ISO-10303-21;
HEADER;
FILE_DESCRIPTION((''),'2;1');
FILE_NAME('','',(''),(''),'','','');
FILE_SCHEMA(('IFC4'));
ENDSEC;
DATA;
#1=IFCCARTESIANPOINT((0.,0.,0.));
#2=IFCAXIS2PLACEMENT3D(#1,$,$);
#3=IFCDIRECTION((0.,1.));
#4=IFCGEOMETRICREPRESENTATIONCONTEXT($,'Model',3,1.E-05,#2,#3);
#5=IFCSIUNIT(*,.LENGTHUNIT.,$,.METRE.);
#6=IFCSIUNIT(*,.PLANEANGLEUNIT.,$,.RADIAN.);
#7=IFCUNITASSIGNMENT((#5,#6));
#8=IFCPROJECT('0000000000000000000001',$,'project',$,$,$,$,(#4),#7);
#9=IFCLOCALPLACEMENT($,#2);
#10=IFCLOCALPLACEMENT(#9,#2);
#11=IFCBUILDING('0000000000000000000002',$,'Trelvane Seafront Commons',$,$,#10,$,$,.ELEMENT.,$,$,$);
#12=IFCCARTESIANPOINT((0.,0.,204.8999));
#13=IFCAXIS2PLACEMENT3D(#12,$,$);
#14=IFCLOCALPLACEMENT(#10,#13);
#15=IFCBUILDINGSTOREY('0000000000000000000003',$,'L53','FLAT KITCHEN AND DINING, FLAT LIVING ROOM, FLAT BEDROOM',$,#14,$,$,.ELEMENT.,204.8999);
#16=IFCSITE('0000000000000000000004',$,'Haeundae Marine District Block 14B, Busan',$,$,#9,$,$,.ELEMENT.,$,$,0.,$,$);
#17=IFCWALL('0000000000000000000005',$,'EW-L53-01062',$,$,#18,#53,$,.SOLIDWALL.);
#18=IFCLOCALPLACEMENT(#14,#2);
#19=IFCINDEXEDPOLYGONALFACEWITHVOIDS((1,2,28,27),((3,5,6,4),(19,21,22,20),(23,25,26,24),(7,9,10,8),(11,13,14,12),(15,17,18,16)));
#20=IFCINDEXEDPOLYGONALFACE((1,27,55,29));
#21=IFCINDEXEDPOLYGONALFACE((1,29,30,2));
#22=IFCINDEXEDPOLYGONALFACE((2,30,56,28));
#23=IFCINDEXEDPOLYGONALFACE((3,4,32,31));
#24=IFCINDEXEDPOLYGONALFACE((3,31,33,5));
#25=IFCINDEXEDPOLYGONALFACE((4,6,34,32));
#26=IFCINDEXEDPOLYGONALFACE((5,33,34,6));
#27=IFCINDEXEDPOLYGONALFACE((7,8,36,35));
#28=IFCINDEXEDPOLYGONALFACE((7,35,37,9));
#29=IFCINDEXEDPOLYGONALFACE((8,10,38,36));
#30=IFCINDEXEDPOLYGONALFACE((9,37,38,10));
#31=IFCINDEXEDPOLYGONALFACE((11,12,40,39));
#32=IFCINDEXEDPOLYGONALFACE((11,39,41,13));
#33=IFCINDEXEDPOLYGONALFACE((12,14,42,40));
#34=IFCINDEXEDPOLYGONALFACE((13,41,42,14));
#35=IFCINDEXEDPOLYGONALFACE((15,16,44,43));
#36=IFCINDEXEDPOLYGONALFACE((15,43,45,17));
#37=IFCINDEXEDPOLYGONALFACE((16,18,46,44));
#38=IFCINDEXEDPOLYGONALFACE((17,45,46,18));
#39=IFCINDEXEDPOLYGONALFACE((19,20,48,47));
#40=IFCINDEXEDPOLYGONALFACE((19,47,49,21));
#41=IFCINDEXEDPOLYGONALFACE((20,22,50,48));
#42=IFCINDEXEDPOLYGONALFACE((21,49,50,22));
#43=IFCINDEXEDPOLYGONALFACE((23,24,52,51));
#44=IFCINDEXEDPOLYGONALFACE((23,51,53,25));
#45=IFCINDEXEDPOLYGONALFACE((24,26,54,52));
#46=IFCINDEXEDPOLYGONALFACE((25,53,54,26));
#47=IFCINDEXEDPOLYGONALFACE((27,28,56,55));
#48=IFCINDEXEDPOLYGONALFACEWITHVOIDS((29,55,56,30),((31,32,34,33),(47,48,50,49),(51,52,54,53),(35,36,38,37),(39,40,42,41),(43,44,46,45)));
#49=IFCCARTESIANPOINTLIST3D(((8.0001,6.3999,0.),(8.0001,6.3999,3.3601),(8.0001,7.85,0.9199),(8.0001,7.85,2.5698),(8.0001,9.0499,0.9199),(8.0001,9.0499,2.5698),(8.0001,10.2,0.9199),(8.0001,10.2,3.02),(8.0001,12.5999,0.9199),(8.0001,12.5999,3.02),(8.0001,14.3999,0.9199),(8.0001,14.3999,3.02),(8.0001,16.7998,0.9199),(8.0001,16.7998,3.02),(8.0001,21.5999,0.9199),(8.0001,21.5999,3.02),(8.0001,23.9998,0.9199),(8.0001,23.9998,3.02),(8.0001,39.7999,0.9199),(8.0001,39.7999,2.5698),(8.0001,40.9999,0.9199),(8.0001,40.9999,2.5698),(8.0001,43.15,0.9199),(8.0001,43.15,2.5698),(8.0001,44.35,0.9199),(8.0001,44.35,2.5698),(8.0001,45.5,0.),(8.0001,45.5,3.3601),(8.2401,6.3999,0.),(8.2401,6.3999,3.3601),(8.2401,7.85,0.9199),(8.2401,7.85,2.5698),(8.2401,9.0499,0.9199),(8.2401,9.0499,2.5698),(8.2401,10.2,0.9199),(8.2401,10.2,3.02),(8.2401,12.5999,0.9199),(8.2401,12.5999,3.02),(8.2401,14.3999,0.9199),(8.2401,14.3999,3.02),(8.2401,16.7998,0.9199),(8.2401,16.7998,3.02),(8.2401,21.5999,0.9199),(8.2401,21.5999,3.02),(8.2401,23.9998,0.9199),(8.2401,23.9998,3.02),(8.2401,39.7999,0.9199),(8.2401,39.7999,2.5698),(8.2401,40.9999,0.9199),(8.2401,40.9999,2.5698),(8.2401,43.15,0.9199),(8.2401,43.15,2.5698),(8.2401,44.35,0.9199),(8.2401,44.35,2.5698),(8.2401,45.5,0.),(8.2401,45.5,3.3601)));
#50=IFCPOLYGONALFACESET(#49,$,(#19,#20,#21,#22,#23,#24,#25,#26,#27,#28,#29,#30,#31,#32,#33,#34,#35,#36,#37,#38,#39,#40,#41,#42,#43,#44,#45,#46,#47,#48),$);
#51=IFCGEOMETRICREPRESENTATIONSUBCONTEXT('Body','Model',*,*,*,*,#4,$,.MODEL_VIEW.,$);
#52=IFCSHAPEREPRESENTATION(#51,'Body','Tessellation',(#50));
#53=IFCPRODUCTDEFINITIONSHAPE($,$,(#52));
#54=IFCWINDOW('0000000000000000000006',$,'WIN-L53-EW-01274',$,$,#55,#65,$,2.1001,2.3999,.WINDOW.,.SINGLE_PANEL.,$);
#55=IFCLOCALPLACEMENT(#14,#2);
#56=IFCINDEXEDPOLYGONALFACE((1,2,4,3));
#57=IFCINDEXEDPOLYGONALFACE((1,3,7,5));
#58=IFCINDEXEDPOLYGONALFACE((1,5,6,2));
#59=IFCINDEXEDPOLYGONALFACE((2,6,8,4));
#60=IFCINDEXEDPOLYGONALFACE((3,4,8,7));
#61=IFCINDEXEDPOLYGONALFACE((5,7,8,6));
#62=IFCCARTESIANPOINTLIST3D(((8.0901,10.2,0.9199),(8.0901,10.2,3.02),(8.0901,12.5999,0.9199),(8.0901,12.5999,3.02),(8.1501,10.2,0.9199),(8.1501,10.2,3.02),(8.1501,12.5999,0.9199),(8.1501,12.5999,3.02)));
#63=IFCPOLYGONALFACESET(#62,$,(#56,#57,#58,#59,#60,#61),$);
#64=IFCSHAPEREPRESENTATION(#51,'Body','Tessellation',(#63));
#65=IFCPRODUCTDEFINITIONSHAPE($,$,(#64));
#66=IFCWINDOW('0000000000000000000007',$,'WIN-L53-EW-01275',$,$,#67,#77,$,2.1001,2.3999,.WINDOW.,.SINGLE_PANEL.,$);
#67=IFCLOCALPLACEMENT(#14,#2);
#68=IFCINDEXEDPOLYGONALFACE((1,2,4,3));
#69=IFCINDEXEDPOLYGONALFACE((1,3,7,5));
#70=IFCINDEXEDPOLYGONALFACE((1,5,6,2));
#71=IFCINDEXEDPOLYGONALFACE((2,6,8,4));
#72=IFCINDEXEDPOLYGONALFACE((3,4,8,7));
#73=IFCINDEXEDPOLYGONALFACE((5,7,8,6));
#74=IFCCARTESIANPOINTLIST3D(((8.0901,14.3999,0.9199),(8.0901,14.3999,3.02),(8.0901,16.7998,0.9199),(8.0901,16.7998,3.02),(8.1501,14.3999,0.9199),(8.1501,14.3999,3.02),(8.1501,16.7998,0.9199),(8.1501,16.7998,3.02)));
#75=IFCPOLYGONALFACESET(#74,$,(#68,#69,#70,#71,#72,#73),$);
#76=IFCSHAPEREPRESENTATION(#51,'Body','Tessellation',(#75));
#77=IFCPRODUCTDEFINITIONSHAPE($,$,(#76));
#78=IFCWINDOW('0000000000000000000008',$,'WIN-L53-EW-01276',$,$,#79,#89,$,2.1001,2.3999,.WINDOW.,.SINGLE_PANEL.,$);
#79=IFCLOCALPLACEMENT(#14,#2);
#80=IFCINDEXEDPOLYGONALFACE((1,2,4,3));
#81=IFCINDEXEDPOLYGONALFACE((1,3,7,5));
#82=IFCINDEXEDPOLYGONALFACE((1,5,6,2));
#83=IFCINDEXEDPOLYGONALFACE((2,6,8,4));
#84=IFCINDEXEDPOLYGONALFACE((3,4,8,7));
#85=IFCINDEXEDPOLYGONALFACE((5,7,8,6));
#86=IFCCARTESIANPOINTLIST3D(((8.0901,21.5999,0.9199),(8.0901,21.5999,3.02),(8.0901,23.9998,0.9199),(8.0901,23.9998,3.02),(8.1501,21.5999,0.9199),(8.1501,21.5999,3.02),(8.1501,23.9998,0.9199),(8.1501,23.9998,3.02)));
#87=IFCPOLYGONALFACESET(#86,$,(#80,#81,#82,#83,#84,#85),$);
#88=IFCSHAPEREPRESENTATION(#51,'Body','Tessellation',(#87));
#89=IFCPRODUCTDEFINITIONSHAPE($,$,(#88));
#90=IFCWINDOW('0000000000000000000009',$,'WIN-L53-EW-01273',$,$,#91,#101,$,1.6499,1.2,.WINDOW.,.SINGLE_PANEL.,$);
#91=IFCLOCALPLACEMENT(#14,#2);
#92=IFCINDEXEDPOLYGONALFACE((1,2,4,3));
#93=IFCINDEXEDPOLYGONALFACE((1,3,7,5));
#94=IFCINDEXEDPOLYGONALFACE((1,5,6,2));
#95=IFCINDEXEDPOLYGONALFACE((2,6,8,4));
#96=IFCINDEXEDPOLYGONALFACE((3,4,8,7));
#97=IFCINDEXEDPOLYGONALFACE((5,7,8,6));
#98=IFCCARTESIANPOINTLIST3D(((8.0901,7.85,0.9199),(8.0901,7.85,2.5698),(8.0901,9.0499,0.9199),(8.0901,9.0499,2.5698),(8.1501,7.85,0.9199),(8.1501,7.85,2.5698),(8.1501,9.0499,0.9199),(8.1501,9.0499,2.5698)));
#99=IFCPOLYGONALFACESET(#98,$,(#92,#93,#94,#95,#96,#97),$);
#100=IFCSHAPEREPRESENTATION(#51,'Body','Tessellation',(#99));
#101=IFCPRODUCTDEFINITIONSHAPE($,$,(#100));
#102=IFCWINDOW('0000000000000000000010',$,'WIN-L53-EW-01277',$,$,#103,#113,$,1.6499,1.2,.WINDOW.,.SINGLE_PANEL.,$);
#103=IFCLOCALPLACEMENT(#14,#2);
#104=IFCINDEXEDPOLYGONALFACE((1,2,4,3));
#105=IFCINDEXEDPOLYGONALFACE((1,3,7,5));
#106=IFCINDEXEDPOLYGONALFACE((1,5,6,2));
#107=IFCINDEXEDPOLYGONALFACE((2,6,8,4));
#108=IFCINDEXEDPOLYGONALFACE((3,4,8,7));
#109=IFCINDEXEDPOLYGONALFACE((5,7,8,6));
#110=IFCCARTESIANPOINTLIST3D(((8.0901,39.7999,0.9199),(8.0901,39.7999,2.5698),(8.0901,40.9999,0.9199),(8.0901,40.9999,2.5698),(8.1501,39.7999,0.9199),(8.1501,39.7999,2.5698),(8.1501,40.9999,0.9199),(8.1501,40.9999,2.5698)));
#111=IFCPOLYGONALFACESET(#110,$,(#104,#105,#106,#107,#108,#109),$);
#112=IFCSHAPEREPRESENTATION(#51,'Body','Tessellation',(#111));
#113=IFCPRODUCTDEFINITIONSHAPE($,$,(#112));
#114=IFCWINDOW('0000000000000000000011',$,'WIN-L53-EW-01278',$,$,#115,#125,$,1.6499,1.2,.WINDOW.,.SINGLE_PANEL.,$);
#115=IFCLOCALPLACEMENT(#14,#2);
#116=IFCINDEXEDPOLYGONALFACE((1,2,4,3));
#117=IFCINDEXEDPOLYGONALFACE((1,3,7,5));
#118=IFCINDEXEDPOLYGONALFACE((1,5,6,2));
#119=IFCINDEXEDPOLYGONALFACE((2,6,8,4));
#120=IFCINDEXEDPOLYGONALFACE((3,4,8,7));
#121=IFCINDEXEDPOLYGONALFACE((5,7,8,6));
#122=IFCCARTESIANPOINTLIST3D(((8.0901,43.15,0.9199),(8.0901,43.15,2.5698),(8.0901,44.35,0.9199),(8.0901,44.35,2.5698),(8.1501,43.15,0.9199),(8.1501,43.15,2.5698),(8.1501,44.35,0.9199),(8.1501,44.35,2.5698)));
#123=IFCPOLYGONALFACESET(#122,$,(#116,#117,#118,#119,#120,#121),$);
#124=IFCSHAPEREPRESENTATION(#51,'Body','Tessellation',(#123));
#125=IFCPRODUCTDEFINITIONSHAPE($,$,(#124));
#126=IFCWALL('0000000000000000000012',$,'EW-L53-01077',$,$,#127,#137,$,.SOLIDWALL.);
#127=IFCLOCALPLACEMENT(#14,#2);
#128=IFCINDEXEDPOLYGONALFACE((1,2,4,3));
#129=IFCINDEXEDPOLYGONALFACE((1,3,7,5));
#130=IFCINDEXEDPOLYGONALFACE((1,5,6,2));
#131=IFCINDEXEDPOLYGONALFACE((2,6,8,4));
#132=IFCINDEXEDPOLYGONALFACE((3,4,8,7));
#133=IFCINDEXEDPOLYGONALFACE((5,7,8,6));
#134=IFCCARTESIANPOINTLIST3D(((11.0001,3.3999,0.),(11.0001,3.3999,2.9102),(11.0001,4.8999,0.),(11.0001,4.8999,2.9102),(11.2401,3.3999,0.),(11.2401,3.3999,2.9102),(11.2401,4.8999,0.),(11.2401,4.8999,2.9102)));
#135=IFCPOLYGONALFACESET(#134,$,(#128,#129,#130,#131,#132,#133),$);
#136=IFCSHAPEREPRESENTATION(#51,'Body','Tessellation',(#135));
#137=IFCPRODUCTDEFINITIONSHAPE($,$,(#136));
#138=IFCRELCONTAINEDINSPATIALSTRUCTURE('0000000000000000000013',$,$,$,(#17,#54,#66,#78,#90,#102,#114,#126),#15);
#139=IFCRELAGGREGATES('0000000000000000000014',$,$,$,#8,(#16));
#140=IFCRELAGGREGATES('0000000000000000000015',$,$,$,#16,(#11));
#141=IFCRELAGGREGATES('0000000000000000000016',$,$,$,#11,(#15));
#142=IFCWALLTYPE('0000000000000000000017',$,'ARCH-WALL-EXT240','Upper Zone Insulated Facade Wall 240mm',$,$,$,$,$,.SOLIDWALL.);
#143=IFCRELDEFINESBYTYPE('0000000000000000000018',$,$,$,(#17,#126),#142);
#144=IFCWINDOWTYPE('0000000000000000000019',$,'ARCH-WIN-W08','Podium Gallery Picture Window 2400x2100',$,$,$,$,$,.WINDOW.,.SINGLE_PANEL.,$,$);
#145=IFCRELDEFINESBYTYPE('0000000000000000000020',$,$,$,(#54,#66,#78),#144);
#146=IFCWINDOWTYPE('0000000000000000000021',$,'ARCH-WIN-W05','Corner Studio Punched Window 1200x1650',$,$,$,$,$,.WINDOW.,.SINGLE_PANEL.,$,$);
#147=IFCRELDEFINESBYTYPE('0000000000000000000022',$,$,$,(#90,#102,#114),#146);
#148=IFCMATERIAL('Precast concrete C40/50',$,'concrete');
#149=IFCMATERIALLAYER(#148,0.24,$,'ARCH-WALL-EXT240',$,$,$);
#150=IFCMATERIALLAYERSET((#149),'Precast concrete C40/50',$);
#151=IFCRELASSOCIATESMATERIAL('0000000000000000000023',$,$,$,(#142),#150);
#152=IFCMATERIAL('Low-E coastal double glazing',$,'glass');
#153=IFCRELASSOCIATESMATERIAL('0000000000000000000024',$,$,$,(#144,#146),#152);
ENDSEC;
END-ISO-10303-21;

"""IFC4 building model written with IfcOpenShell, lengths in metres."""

from ifc_helpers import new_model, si_unit, direction, frame, frame_2d, origin, place, context, subcontext, project, spatial, rectangle, extrude, source, transform, mapped, material, layer, layer_set, type_object, element, fill, save


model = new_model("IFC4")

# Units and contexts
model_context = context("Model", 3, precision=1e-05, world=origin(), true_north=direction((0.0, 1.0)))
body_context = subcontext(model_context, "Body", "Model", "MODEL_VIEW")
ifc_project = project(units=[si_unit("LENGTHUNIT", "METRE"), si_unit("PLANEANGLEUNIT", "RADIAN")], contexts=[model_context])

# Site, building, storey
site_placement = place(None, origin())
site = spatial("IfcSite", under=ifc_project, at=site_placement, Name="Haeundae Marine District Block 14B, Busan", CompositionType="ELEMENT", RefElevation=0.0)
building_placement = place(site_placement, origin())
building = spatial("IfcBuilding", under=site, at=building_placement, Name="Trelvane Seafront Commons", CompositionType="ELEMENT")
storey_placement = place(building_placement, frame((0.0, 0.0, 204.8999)))
storey = spatial("IfcBuildingStorey", under=building, at=storey_placement, Name="L53", Description="FLAT KITCHEN AND DINING, FLAT LIVING ROOM, FLAT BEDROOM", CompositionType="ELEMENT", Elevation=204.8999)

# Shared definitions
ifc_material_1 = material(Name="Precast concrete C40/50", Category="concrete")
ifc_layer_1 = layer(ifc_material_1, 0.24, Name="ARCH-WALL-EXT240")
ifc_layer_set_1 = layer_set([ifc_layer_1], Name="Precast concrete C40/50")
wall_type_1 = type_object("IfcWallType", Name="ARCH-WALL-EXT240", Description="Upper Zone Insulated Facade Wall 240mm", PredefinedType="SOLIDWALL", material=ifc_layer_set_1)

# Wall, openings, windows
wall_1_placement = place(storey_placement, frame((8.1201, 6.3999, 0.0), z_axis=(0.0, 0.0, 1.0), x_axis=(0.0, 1.0, 0.0)))
wall_1 = element("IfcWall", 1, at=wall_1_placement, inside=storey, type_object=wall_type_1, Name="EW-L53-01062", PredefinedType="SOLIDWALL", context=body_context, shape_type="SweptSolid", body=[
    extrude(rectangle(XDim=39.1001, YDim=0.24, at=frame_2d((19.55, 0.0))), origin(), (0.0, 0.0, 1.0), 3.3601),
])
opening_1_placement = place(wall_1_placement, frame((1.45, 0.0, 0.9199)))
opening_1 = element("IfcOpeningElement", 2, at=opening_1_placement, cuts=wall_1, PredefinedType="OPENING", context=body_context, shape_type="SweptSolid", body=[
    extrude(rectangle(XDim=1.2, YDim=1.6499, at=frame_2d((0.6001, 0.825))), frame((0.0, 0.1299, 0.0), z_axis=(0.0, -1.0, 0.0), x_axis=(1.0, 0.0, 0.0)), (0.0, 0.0, 1.0), 0.26),
])
opening_2_placement = place(wall_1_placement, frame((3.8, 0.0, 0.9199)))
opening_2 = element("IfcOpeningElement", 3, at=opening_2_placement, cuts=wall_1, PredefinedType="OPENING", context=body_context, shape_type="SweptSolid", body=[
    extrude(rectangle(XDim=2.3999, YDim=2.1001, at=frame_2d((1.2, 1.05))), frame((0.0, 0.1299, 0.0), z_axis=(0.0, -1.0, 0.0), x_axis=(1.0, 0.0, 0.0)), (0.0, 0.0, 1.0), 0.26),
])
opening_3_placement = place(wall_1_placement, frame((8.0, 0.0, 0.9199)))
opening_3 = element("IfcOpeningElement", 4, at=opening_3_placement, cuts=wall_1, PredefinedType="OPENING", context=body_context, shape_type="SweptSolid", body=[
    extrude(rectangle(XDim=2.3999, YDim=2.1001, at=frame_2d((1.2, 1.05))), frame((0.0, 0.1299, 0.0), z_axis=(0.0, -1.0, 0.0), x_axis=(1.0, 0.0, 0.0)), (0.0, 0.0, 1.0), 0.26),
])
opening_4_placement = place(wall_1_placement, frame((15.2, 0.0, 0.9199)))
opening_4 = element("IfcOpeningElement", 5, at=opening_4_placement, cuts=wall_1, PredefinedType="OPENING", context=body_context, shape_type="SweptSolid", body=[
    extrude(rectangle(XDim=2.3999, YDim=2.1001, at=frame_2d((1.2, 1.05))), frame((0.0, 0.1299, 0.0), z_axis=(0.0, -1.0, 0.0), x_axis=(1.0, 0.0, 0.0)), (0.0, 0.0, 1.0), 0.26),
])
opening_5_placement = place(wall_1_placement, frame((33.3999, 0.0, 0.9199)))
opening_5 = element("IfcOpeningElement", 6, at=opening_5_placement, cuts=wall_1, PredefinedType="OPENING", context=body_context, shape_type="SweptSolid", body=[
    extrude(rectangle(XDim=1.2, YDim=1.6499, at=frame_2d((0.6001, 0.825))), frame((0.0, 0.1299, 0.0), z_axis=(0.0, -1.0, 0.0), x_axis=(1.0, 0.0, 0.0)), (0.0, 0.0, 1.0), 0.26),
])
opening_6_placement = place(wall_1_placement, frame((36.75, 0.0, 0.9199)))
opening_6 = element("IfcOpeningElement", 7, at=opening_6_placement, cuts=wall_1, PredefinedType="OPENING", context=body_context, shape_type="SweptSolid", body=[
    extrude(rectangle(XDim=1.2, YDim=1.6499, at=frame_2d((0.6001, 0.825))), frame((0.0, 0.1299, 0.0), z_axis=(0.0, -1.0, 0.0), x_axis=(1.0, 0.0, 0.0)), (0.0, 0.0, 1.0), 0.26),
])
ifc_material_2 = material(Name="Low-E coastal double glazing", Category="glass")
window_type_1 = type_object("IfcWindowType", Name="ARCH-WIN-W08", Description="Podium Gallery Picture Window 2400x2100", PartitioningType="SINGLE_PANEL", PredefinedType="WINDOW", material=ifc_material_2)
shared_shape_1 = source(origin(), body_context, "Body", "SweptSolid", [
    extrude(rectangle(XDim=2.3999, YDim=2.1001, at=frame_2d((1.2, 1.05))), frame((0.0, 0.03, 0.0), z_axis=(0.0, -1.0, 0.0), x_axis=(1.0, 0.0, 0.0)), (0.0, 0.0, 1.0), 0.0601),
])
window_1_placement = place(opening_2_placement, origin())
window_1 = element("IfcWindow", 8, at=window_1_placement, inside=storey, type_object=window_type_1, Name="WIN-L53-EW-01274", OverallHeight=2.1001, OverallWidth=2.3999, PartitioningType="SINGLE_PANEL", PredefinedType="WINDOW", context=body_context, shape_type="MappedRepresentation", body=[
    mapped(shared_shape_1, transform((0.0, 0.0, 0.0), x_axis=(1.0, 0.0, 0.0), y_axis=(0.0, 1.0, 0.0), z_axis=(0.0, 0.0, 1.0), scale=1.0)),
])
fill(opening_2, window_1)
window_2_placement = place(opening_3_placement, origin())
window_2 = element("IfcWindow", 9, at=window_2_placement, inside=storey, type_object=window_type_1, Name="WIN-L53-EW-01275", OverallHeight=2.1001, OverallWidth=2.3999, PartitioningType="SINGLE_PANEL", PredefinedType="WINDOW", context=body_context, shape_type="MappedRepresentation", body=[
    mapped(shared_shape_1, transform((0.0, 0.0, 0.0), x_axis=(1.0, 0.0, 0.0), y_axis=(0.0, 1.0, 0.0), z_axis=(0.0, 0.0, 1.0), scale=1.0)),
])
fill(opening_3, window_2)
window_3_placement = place(opening_4_placement, origin())
window_3 = element("IfcWindow", 10, at=window_3_placement, inside=storey, type_object=window_type_1, Name="WIN-L53-EW-01276", OverallHeight=2.1001, OverallWidth=2.3999, PartitioningType="SINGLE_PANEL", PredefinedType="WINDOW", context=body_context, shape_type="MappedRepresentation", body=[
    mapped(shared_shape_1, transform((0.0, 0.0, 0.0), x_axis=(1.0, 0.0, 0.0), y_axis=(0.0, 1.0, 0.0), z_axis=(0.0, 0.0, 1.0), scale=1.0)),
])
fill(opening_4, window_3)
window_type_2 = type_object("IfcWindowType", Name="ARCH-WIN-W05", Description="Corner Studio Punched Window 1200x1650", PartitioningType="SINGLE_PANEL", PredefinedType="WINDOW", material=ifc_material_2)
shared_shape_2 = source(origin(), body_context, "Body", "SweptSolid", [
    extrude(rectangle(XDim=1.2, YDim=1.6499, at=frame_2d((0.6001, 0.825))), frame((0.0, 0.03, 0.0), z_axis=(0.0, -1.0, 0.0), x_axis=(1.0, 0.0, 0.0)), (0.0, 0.0, 1.0), 0.0601),
])
window_4_placement = place(opening_1_placement, origin())
window_4 = element("IfcWindow", 11, at=window_4_placement, inside=storey, type_object=window_type_2, Name="WIN-L53-EW-01273", OverallHeight=1.6499, OverallWidth=1.2, PartitioningType="SINGLE_PANEL", PredefinedType="WINDOW", context=body_context, shape_type="MappedRepresentation", body=[
    mapped(shared_shape_2, transform((0.0, 0.0, 0.0), x_axis=(1.0, 0.0, 0.0), y_axis=(0.0, 1.0, 0.0), z_axis=(0.0, 0.0, 1.0), scale=1.0)),
])
fill(opening_1, window_4)
window_5_placement = place(opening_5_placement, origin())
window_5 = element("IfcWindow", 12, at=window_5_placement, inside=storey, type_object=window_type_2, Name="WIN-L53-EW-01277", OverallHeight=1.6499, OverallWidth=1.2, PartitioningType="SINGLE_PANEL", PredefinedType="WINDOW", context=body_context, shape_type="MappedRepresentation", body=[
    mapped(shared_shape_2, transform((0.0, 0.0, 0.0), x_axis=(1.0, 0.0, 0.0), y_axis=(0.0, 1.0, 0.0), z_axis=(0.0, 0.0, 1.0), scale=1.0)),
])
fill(opening_5, window_5)
window_6_placement = place(opening_6_placement, origin())
window_6 = element("IfcWindow", 13, at=window_6_placement, inside=storey, type_object=window_type_2, Name="WIN-L53-EW-01278", OverallHeight=1.6499, OverallWidth=1.2, PartitioningType="SINGLE_PANEL", PredefinedType="WINDOW", context=body_context, shape_type="MappedRepresentation", body=[
    mapped(shared_shape_2, transform((0.0, 0.0, 0.0), x_axis=(1.0, 0.0, 0.0), y_axis=(0.0, 1.0, 0.0), z_axis=(0.0, 0.0, 1.0), scale=1.0)),
])
fill(opening_6, window_6)

# Wall
wall_2_placement = place(storey_placement, frame((11.1201, 3.3999, 0.0), z_axis=(0.0, 0.0, 1.0), x_axis=(0.0, 1.0, 0.0)))
element("IfcWall", 14, at=wall_2_placement, inside=storey, type_object=wall_type_1, Name="EW-L53-01077", PredefinedType="SOLIDWALL", context=body_context, shape_type="SweptSolid", body=[
    extrude(rectangle(XDim=1.5, YDim=0.24, at=frame_2d((0.75, 0.0))), origin(), (0.0, 0.0, 1.0), 2.9102),
])

save(model, "model.ifc")
